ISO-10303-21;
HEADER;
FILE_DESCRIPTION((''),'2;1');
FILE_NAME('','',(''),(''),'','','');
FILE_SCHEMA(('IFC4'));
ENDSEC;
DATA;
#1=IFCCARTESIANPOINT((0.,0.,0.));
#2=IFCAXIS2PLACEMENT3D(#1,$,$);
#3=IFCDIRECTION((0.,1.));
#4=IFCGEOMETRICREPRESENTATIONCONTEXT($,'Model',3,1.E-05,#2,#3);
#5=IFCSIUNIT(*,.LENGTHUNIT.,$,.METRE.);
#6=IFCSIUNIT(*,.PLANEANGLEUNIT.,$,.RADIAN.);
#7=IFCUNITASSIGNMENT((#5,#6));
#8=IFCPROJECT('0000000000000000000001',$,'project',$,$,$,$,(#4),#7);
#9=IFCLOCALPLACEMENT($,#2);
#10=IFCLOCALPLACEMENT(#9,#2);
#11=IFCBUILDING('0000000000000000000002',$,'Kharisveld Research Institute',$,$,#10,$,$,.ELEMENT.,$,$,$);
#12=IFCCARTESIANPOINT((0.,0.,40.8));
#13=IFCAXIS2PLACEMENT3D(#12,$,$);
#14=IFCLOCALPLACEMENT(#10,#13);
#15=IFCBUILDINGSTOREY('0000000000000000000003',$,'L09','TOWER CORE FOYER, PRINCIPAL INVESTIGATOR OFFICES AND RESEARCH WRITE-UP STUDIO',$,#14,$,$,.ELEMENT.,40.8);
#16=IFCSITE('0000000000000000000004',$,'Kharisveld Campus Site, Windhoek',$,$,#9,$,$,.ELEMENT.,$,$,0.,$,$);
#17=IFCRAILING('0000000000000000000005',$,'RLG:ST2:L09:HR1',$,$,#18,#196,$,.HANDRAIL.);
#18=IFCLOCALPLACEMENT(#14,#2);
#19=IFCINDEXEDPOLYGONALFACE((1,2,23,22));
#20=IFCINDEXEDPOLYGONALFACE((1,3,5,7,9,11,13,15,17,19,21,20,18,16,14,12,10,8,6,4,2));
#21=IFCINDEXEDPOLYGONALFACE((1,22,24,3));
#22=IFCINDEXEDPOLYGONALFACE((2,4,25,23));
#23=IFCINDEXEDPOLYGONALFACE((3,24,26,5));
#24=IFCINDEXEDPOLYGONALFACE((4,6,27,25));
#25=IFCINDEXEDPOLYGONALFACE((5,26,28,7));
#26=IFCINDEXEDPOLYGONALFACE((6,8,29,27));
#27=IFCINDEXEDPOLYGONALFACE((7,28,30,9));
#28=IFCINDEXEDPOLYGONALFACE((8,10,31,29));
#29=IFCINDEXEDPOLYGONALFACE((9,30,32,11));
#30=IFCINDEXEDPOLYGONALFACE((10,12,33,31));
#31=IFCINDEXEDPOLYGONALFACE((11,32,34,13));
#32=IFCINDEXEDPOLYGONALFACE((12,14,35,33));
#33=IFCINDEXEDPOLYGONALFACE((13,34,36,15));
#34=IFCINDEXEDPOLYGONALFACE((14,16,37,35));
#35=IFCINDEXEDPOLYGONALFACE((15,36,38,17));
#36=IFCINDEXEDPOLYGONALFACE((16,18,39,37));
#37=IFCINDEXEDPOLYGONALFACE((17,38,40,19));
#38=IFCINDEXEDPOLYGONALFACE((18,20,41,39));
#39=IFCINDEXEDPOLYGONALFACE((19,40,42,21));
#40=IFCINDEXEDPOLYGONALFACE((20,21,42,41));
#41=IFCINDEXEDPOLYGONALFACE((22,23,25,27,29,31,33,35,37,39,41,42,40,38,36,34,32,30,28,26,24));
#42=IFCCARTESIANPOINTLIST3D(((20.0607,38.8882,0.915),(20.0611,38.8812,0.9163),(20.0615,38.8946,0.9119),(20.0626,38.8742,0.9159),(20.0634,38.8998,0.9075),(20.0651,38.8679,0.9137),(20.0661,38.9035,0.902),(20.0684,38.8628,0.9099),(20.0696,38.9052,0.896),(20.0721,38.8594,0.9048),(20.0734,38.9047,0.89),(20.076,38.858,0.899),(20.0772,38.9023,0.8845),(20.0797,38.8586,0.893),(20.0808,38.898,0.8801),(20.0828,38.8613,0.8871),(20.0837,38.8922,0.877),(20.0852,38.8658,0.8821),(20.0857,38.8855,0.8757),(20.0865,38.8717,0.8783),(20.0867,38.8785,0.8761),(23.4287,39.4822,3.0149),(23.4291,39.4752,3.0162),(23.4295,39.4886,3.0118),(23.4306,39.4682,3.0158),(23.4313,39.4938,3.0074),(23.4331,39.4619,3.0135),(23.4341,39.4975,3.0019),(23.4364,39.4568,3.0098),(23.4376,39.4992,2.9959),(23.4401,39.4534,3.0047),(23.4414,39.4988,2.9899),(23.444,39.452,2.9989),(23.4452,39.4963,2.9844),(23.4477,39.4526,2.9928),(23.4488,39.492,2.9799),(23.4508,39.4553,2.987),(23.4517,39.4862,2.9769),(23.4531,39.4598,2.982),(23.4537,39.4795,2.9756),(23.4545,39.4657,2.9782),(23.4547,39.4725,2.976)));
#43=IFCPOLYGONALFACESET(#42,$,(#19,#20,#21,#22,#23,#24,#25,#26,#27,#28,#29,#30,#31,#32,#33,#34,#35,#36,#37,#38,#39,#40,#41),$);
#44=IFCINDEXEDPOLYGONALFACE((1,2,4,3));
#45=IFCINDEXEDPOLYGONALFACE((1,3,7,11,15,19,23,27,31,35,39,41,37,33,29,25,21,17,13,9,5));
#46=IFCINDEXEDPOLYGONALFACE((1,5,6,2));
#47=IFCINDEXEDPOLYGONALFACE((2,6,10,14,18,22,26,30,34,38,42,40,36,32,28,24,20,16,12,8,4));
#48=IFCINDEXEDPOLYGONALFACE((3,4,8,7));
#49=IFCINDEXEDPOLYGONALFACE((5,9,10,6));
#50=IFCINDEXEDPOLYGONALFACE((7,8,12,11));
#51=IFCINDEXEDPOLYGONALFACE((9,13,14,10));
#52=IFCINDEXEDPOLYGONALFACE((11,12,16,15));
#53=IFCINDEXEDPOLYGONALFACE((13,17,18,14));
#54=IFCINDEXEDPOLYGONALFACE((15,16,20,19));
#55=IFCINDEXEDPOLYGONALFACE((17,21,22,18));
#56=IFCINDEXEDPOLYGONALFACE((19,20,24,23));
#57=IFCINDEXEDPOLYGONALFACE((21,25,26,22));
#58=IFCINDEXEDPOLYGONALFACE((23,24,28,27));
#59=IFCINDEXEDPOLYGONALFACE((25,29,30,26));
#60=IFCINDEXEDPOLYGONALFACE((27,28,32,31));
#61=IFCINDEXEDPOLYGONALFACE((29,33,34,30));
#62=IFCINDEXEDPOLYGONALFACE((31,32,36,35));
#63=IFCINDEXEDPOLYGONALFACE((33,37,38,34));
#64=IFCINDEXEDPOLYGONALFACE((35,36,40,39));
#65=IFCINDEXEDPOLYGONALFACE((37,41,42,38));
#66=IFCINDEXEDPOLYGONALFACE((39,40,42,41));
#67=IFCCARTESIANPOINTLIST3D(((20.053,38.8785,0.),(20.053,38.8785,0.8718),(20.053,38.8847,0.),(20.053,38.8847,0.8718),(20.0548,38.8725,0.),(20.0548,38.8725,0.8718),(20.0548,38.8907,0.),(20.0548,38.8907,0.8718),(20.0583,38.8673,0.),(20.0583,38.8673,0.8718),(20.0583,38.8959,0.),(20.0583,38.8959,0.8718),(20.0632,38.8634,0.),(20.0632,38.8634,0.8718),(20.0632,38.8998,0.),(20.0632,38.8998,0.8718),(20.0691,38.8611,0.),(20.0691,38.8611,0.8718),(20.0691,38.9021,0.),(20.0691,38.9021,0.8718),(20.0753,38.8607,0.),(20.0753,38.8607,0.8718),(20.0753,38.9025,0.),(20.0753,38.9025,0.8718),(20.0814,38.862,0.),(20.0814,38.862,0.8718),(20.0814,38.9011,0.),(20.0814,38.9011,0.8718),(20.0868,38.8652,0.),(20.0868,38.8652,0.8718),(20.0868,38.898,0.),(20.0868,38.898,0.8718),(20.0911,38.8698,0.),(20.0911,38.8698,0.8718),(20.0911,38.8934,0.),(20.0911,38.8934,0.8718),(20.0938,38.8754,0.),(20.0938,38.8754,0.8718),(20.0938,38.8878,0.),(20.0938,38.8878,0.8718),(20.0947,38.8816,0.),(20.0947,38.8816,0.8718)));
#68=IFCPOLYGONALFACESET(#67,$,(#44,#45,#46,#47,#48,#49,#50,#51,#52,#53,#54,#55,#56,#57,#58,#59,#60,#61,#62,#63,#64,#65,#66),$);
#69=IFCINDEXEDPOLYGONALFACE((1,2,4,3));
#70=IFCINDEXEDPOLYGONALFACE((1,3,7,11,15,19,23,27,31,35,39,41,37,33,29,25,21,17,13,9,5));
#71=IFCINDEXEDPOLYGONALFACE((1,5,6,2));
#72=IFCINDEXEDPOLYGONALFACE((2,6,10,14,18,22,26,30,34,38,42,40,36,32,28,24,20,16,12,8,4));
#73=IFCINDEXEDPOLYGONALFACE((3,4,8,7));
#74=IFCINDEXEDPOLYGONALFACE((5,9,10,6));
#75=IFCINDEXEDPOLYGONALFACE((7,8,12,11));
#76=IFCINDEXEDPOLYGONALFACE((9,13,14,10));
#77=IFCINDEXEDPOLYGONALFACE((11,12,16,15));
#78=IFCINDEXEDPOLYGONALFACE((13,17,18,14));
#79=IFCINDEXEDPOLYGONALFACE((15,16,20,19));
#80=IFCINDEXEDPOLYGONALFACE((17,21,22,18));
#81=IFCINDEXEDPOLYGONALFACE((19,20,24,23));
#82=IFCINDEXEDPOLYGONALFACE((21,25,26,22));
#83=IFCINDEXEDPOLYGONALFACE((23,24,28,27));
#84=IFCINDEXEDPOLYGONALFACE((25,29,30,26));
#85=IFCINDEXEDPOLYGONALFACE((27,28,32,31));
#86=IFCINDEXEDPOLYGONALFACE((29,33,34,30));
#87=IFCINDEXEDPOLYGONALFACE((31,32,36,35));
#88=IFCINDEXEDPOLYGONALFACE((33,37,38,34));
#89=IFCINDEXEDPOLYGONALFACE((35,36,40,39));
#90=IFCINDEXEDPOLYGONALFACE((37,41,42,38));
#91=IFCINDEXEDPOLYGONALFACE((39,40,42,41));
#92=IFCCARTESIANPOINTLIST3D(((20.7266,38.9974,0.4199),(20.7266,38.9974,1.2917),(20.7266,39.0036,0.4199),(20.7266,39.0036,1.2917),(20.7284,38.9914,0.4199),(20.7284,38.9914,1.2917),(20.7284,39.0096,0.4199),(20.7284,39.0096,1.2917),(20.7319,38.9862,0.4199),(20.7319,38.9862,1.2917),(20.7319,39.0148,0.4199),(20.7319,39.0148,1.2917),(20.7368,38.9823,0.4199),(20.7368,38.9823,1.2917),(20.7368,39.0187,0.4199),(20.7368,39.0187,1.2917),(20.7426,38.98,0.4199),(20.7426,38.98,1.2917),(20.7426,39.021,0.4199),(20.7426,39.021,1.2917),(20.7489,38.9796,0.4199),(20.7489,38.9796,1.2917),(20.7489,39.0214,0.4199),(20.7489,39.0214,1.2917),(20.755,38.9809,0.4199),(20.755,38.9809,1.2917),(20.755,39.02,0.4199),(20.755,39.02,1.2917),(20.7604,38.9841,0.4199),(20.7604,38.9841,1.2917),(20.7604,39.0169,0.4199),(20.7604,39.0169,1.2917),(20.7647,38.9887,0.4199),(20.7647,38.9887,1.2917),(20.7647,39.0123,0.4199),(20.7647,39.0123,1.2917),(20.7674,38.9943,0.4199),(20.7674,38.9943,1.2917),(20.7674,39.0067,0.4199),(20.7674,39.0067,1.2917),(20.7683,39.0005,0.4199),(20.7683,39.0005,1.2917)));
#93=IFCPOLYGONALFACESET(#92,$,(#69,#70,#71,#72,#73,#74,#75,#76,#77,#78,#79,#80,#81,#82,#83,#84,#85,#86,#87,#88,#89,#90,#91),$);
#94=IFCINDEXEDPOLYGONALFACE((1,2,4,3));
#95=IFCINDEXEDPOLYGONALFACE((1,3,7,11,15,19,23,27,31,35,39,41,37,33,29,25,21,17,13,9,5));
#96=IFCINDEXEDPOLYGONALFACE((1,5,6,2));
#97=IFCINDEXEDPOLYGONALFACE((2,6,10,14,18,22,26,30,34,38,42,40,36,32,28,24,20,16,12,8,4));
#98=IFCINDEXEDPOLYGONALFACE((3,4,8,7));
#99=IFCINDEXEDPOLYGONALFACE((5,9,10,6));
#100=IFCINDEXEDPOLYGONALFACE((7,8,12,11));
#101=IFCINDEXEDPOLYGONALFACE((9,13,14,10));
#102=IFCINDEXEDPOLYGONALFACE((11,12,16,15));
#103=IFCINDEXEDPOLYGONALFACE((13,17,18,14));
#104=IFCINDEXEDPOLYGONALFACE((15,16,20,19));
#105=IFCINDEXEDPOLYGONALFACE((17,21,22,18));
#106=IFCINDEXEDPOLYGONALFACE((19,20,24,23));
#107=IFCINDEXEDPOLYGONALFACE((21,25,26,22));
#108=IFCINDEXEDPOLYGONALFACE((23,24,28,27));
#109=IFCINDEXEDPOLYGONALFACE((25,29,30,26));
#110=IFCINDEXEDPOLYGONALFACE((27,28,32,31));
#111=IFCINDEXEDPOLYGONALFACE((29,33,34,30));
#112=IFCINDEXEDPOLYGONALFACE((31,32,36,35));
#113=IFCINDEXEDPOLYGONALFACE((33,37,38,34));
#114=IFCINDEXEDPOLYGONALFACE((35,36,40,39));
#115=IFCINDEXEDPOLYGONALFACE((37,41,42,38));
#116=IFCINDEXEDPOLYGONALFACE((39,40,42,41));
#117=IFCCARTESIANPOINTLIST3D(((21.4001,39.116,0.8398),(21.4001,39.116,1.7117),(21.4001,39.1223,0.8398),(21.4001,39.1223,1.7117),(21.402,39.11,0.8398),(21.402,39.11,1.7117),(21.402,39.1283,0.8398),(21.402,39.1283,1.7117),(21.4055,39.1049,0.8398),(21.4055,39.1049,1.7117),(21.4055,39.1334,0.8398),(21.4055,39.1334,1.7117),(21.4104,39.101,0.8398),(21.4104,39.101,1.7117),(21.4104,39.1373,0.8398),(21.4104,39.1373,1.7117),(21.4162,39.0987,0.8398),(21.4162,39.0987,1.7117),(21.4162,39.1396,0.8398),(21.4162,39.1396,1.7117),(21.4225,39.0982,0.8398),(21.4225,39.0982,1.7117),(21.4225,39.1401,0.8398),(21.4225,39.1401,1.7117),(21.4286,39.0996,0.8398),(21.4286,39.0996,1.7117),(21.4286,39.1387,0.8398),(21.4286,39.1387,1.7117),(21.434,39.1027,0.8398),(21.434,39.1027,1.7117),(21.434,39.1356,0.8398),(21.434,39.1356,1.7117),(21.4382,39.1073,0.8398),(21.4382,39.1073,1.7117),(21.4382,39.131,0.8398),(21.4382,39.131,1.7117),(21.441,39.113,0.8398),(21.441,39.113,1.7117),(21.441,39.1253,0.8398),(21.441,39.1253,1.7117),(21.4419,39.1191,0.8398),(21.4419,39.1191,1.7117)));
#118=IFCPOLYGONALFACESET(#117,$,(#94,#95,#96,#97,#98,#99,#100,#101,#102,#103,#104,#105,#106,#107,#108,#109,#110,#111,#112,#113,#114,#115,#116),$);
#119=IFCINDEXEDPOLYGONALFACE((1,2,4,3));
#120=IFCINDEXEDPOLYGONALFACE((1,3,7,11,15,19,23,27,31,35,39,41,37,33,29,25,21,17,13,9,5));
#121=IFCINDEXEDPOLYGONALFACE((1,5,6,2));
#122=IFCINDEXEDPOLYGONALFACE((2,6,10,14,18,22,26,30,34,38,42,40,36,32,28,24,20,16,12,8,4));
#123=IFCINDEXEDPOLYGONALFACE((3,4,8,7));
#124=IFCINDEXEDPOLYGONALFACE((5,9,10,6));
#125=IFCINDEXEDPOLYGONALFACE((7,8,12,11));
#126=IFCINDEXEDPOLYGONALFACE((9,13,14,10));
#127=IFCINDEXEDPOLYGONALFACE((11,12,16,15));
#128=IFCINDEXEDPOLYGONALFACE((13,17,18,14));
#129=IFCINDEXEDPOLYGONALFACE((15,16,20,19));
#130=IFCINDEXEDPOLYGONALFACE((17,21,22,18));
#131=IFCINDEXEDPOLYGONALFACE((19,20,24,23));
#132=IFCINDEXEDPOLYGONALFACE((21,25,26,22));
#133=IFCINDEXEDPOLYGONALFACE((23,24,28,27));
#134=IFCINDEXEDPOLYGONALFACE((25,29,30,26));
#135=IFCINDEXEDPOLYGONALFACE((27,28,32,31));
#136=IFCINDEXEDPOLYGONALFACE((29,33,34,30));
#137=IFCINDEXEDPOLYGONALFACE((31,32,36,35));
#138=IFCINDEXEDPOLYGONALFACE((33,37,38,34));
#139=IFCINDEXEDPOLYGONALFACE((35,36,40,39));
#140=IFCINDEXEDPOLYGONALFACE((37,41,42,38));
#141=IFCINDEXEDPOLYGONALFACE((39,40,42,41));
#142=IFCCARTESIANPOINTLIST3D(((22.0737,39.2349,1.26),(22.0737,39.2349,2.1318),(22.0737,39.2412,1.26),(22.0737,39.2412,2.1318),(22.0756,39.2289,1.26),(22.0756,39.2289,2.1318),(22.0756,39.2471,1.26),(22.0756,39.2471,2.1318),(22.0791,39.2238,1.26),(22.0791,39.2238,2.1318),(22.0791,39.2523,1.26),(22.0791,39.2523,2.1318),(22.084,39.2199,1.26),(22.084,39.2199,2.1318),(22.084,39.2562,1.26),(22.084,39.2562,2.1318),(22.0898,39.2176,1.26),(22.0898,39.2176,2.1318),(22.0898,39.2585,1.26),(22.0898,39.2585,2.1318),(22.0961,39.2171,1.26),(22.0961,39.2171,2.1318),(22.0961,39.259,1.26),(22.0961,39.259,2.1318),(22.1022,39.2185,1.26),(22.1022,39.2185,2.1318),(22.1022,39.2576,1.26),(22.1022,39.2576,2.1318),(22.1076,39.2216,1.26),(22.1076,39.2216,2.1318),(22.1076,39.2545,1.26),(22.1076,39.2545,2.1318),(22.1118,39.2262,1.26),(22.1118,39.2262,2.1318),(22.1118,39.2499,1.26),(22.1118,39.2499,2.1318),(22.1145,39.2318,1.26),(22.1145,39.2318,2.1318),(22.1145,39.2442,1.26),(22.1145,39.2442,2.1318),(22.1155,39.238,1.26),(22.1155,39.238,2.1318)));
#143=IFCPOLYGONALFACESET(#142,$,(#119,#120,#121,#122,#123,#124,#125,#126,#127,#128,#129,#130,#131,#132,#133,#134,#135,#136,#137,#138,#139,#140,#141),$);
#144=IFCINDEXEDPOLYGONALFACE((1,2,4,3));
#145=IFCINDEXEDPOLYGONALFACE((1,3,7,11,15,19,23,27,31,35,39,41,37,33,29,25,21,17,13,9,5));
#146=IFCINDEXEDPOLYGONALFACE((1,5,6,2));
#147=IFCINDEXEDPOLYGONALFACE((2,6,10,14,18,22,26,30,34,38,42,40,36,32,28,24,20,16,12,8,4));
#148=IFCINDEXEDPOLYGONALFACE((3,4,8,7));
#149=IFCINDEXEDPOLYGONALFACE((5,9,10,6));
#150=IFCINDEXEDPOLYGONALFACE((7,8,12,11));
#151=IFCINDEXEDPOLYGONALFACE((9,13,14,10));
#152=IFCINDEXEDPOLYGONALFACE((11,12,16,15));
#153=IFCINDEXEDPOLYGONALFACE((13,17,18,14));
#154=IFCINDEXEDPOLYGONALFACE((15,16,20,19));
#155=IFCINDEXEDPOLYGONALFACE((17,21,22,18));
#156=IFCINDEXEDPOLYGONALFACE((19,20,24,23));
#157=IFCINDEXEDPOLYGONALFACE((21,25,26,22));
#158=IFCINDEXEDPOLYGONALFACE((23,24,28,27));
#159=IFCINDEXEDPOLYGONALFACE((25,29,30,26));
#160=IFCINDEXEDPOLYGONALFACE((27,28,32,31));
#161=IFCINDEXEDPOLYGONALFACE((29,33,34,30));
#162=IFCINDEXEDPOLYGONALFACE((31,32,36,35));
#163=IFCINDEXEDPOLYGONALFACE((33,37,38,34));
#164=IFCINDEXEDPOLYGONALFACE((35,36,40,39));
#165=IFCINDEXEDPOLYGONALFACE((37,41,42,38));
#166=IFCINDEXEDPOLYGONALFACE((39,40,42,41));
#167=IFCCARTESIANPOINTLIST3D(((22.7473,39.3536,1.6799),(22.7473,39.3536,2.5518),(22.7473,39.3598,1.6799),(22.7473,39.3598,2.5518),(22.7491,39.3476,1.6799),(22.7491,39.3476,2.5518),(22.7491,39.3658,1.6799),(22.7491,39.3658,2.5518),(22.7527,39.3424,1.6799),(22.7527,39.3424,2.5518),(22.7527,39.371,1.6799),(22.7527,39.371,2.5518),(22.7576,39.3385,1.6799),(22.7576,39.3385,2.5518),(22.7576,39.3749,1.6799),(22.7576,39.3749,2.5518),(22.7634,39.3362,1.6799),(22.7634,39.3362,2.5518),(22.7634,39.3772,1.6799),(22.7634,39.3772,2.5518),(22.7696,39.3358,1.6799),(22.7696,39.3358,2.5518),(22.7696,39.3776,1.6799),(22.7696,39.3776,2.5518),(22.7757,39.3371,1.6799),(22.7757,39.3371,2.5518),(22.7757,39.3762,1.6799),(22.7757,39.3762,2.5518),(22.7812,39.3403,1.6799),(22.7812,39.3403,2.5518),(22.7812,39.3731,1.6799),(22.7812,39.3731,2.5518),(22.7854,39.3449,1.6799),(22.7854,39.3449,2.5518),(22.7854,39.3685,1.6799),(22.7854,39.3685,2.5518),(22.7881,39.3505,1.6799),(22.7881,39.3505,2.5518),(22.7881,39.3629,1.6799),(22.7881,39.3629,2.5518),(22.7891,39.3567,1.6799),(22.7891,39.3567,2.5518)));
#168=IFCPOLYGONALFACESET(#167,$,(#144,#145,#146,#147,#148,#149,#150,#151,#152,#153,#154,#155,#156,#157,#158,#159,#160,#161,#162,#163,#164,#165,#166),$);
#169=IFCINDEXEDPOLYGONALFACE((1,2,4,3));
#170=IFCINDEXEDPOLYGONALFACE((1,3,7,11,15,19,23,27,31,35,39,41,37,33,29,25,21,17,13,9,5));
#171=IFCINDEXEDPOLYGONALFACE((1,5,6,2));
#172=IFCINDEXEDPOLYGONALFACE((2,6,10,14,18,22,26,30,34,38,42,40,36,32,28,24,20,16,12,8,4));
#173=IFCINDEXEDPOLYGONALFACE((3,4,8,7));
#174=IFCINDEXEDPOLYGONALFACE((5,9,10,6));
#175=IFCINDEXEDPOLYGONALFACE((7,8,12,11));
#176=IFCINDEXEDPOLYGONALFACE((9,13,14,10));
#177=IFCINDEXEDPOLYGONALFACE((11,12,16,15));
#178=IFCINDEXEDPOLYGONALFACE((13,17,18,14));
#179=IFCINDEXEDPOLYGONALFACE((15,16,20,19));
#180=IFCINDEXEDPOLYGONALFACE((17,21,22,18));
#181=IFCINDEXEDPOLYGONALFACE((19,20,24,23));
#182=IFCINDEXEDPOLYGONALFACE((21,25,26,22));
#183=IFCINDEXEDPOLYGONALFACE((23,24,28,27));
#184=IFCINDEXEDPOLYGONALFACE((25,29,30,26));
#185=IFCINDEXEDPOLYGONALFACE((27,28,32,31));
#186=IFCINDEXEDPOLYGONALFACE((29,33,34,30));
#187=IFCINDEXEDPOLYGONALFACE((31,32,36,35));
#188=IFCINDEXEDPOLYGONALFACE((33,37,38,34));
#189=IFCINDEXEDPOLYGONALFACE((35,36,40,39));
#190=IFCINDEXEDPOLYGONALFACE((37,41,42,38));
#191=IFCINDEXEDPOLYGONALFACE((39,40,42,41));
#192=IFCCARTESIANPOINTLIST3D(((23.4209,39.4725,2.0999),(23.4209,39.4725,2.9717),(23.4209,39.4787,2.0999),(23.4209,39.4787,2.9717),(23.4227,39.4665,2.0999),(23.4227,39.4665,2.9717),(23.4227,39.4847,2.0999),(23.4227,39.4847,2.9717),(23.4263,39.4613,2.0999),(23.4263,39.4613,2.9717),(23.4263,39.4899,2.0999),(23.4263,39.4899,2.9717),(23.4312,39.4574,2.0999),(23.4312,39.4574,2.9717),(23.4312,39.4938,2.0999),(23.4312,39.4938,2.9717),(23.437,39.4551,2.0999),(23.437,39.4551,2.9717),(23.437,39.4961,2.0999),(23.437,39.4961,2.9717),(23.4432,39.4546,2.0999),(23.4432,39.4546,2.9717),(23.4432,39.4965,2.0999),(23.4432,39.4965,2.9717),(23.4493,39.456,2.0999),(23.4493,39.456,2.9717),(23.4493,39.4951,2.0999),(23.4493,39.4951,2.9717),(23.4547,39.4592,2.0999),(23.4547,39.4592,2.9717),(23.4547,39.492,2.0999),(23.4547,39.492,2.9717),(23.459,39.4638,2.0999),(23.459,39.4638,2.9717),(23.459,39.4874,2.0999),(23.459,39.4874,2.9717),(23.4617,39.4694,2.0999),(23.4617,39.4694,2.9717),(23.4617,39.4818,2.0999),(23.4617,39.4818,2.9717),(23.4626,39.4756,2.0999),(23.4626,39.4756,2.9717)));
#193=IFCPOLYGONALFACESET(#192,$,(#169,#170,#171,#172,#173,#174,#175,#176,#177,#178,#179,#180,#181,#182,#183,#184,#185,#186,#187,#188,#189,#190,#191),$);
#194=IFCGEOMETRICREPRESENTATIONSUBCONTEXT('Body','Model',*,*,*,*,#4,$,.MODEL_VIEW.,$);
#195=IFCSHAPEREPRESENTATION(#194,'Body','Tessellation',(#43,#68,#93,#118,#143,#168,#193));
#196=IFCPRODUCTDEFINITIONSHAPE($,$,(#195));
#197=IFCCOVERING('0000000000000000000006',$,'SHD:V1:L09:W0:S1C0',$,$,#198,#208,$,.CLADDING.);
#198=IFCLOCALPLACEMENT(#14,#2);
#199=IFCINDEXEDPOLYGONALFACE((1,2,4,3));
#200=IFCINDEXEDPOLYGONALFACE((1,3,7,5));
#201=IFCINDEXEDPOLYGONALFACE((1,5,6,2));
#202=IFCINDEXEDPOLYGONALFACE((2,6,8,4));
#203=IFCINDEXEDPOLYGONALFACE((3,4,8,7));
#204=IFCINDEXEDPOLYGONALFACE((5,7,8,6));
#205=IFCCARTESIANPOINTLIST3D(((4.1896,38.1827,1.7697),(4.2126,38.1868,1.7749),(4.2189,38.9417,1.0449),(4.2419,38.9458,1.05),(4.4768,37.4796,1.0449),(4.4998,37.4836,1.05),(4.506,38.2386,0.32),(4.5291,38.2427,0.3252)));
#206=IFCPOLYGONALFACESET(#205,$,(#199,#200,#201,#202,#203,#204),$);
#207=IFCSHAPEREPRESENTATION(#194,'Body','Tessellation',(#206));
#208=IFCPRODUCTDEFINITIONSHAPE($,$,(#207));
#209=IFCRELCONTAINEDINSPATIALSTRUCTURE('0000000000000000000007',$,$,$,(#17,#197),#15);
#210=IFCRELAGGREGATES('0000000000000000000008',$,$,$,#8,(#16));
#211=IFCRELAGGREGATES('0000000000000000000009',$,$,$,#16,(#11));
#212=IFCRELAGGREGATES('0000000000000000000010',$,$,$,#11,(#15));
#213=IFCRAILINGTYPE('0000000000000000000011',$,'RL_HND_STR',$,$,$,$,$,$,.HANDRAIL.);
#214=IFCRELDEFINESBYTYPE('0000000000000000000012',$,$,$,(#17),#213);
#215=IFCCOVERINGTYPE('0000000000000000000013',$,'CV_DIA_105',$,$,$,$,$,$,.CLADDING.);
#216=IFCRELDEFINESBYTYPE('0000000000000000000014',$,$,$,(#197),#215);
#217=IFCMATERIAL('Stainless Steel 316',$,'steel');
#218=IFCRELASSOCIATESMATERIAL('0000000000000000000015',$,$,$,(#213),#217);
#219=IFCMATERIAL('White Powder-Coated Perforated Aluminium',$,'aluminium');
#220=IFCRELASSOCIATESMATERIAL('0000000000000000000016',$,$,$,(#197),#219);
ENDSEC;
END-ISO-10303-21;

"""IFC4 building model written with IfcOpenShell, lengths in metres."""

from ifc_helpers import new_model, si_unit, direction, frame, origin, origin_2d, place, context, subcontext, project, spatial, polyline, circle, outline, extrude, material, type_object, element, save


model = new_model("IFC4")

# Units and contexts
model_context = context("Model", 3, precision=1e-05, world=origin(), true_north=direction((0.0, 1.0)))
body_context = subcontext(model_context, "Body", "Model", "MODEL_VIEW")
ifc_project = project(units=[si_unit("LENGTHUNIT", "METRE"), si_unit("PLANEANGLEUNIT", "RADIAN")], contexts=[model_context])

# Site, building, storey
site_placement = place(None, origin())
site = spatial("IfcSite", under=ifc_project, at=site_placement, Name="Kharisveld Campus Site, Windhoek", CompositionType="ELEMENT", RefElevation=0.0)
building_placement = place(site_placement, origin())
building = spatial("IfcBuilding", under=site, at=building_placement, Name="Kharisveld Research Institute", CompositionType="ELEMENT")
storey_placement = place(building_placement, frame((0.0, 0.0, 40.8)))
storey = spatial("IfcBuildingStorey", under=building, at=storey_placement, Name="L09", Description="TOWER CORE FOYER, PRINCIPAL INVESTIGATOR OFFICES AND RESEARCH WRITE-UP STUDIO", CompositionType="ELEMENT", Elevation=40.8)

# Railing
ifc_material_1 = material(Name="Stainless Steel 316", Category="steel")
railing_type_1 = type_object("IfcRailingType", Name="RL_HND_STR", PredefinedType="HANDRAIL", material=ifc_material_1)
railing_1_placement = place(storey_placement, frame((20.0737, 38.8816, 0.0)))
element("IfcRailing", 1, at=railing_1_placement, inside=storey, type_object=railing_type_1, Name="RLG:ST2:L09:HR1", PredefinedType="HANDRAIL", context=body_context, shape_type="SweptSolid", body=[
    extrude(circle(Radius=0.0239, at=origin_2d()), frame((0.0, 0.0, 0.896), z_axis=(0.839228, 0.148013, 0.523248), x_axis=(-0.173688, 0.984801, 0.0)), (0.0, 0.0, 1.0), 4.0132),
    extrude(circle(Radius=0.021, at=origin_2d()), origin(), (0.0, 0.0, 1.0), 0.8718),
    extrude(circle(Radius=0.021, at=origin_2d()), frame((0.6736, 0.1189, 0.4199)), (0.0, 0.0, 1.0), 0.8718),
    extrude(circle(Radius=0.021, at=origin_2d()), frame((1.3472, 0.2375, 0.8398)), (0.0, 0.0, 1.0), 0.8718),
    extrude(circle(Radius=0.021, at=origin_2d()), frame((2.0208, 0.3564, 1.26)), (0.0, 0.0, 1.0), 0.8718),
    extrude(circle(Radius=0.021, at=origin_2d()), frame((2.6943, 0.4751, 1.6799)), (0.0, 0.0, 1.0), 0.8718),
    extrude(circle(Radius=0.021, at=origin_2d()), frame((3.3679, 0.594, 2.0999)), (0.0, 0.0, 1.0), 0.8718),
])

# Covering
ifc_material_2 = material(Name="White Powder-Coated Perforated Aluminium", Category="aluminium")
covering_type = type_object("IfcCoveringType", Name="CV_DIA_105", PredefinedType="CLADDING")
for number, where, z_axis, x_axis, name in (
    (2, (4.5291, 38.2427, 0.3252), (0.961476, 0.169531, 0.216385), (-0.273471, 0.669725, 0.690421), "SHD:V1:L09:W0:S1C0"),
):
    element("IfcCovering", number, at=place(storey_placement, frame(where, z_axis=z_axis, x_axis=x_axis)), inside=storey, type_object=covering_type, material=ifc_material_2, Name=name, PredefinedType="CLADDING", context=body_context, shape_type="SweptSolid", body=[
        extrude(outline(polyline([(0.0, 0.0), (1.0499, 0.0), (1.05, 1.05), (0.0001, 1.05), (0.0, 0.0)])), origin(), (0.0, 0.0, -1.0), 0.0239),
    ])

save(model, "model.ifc")
